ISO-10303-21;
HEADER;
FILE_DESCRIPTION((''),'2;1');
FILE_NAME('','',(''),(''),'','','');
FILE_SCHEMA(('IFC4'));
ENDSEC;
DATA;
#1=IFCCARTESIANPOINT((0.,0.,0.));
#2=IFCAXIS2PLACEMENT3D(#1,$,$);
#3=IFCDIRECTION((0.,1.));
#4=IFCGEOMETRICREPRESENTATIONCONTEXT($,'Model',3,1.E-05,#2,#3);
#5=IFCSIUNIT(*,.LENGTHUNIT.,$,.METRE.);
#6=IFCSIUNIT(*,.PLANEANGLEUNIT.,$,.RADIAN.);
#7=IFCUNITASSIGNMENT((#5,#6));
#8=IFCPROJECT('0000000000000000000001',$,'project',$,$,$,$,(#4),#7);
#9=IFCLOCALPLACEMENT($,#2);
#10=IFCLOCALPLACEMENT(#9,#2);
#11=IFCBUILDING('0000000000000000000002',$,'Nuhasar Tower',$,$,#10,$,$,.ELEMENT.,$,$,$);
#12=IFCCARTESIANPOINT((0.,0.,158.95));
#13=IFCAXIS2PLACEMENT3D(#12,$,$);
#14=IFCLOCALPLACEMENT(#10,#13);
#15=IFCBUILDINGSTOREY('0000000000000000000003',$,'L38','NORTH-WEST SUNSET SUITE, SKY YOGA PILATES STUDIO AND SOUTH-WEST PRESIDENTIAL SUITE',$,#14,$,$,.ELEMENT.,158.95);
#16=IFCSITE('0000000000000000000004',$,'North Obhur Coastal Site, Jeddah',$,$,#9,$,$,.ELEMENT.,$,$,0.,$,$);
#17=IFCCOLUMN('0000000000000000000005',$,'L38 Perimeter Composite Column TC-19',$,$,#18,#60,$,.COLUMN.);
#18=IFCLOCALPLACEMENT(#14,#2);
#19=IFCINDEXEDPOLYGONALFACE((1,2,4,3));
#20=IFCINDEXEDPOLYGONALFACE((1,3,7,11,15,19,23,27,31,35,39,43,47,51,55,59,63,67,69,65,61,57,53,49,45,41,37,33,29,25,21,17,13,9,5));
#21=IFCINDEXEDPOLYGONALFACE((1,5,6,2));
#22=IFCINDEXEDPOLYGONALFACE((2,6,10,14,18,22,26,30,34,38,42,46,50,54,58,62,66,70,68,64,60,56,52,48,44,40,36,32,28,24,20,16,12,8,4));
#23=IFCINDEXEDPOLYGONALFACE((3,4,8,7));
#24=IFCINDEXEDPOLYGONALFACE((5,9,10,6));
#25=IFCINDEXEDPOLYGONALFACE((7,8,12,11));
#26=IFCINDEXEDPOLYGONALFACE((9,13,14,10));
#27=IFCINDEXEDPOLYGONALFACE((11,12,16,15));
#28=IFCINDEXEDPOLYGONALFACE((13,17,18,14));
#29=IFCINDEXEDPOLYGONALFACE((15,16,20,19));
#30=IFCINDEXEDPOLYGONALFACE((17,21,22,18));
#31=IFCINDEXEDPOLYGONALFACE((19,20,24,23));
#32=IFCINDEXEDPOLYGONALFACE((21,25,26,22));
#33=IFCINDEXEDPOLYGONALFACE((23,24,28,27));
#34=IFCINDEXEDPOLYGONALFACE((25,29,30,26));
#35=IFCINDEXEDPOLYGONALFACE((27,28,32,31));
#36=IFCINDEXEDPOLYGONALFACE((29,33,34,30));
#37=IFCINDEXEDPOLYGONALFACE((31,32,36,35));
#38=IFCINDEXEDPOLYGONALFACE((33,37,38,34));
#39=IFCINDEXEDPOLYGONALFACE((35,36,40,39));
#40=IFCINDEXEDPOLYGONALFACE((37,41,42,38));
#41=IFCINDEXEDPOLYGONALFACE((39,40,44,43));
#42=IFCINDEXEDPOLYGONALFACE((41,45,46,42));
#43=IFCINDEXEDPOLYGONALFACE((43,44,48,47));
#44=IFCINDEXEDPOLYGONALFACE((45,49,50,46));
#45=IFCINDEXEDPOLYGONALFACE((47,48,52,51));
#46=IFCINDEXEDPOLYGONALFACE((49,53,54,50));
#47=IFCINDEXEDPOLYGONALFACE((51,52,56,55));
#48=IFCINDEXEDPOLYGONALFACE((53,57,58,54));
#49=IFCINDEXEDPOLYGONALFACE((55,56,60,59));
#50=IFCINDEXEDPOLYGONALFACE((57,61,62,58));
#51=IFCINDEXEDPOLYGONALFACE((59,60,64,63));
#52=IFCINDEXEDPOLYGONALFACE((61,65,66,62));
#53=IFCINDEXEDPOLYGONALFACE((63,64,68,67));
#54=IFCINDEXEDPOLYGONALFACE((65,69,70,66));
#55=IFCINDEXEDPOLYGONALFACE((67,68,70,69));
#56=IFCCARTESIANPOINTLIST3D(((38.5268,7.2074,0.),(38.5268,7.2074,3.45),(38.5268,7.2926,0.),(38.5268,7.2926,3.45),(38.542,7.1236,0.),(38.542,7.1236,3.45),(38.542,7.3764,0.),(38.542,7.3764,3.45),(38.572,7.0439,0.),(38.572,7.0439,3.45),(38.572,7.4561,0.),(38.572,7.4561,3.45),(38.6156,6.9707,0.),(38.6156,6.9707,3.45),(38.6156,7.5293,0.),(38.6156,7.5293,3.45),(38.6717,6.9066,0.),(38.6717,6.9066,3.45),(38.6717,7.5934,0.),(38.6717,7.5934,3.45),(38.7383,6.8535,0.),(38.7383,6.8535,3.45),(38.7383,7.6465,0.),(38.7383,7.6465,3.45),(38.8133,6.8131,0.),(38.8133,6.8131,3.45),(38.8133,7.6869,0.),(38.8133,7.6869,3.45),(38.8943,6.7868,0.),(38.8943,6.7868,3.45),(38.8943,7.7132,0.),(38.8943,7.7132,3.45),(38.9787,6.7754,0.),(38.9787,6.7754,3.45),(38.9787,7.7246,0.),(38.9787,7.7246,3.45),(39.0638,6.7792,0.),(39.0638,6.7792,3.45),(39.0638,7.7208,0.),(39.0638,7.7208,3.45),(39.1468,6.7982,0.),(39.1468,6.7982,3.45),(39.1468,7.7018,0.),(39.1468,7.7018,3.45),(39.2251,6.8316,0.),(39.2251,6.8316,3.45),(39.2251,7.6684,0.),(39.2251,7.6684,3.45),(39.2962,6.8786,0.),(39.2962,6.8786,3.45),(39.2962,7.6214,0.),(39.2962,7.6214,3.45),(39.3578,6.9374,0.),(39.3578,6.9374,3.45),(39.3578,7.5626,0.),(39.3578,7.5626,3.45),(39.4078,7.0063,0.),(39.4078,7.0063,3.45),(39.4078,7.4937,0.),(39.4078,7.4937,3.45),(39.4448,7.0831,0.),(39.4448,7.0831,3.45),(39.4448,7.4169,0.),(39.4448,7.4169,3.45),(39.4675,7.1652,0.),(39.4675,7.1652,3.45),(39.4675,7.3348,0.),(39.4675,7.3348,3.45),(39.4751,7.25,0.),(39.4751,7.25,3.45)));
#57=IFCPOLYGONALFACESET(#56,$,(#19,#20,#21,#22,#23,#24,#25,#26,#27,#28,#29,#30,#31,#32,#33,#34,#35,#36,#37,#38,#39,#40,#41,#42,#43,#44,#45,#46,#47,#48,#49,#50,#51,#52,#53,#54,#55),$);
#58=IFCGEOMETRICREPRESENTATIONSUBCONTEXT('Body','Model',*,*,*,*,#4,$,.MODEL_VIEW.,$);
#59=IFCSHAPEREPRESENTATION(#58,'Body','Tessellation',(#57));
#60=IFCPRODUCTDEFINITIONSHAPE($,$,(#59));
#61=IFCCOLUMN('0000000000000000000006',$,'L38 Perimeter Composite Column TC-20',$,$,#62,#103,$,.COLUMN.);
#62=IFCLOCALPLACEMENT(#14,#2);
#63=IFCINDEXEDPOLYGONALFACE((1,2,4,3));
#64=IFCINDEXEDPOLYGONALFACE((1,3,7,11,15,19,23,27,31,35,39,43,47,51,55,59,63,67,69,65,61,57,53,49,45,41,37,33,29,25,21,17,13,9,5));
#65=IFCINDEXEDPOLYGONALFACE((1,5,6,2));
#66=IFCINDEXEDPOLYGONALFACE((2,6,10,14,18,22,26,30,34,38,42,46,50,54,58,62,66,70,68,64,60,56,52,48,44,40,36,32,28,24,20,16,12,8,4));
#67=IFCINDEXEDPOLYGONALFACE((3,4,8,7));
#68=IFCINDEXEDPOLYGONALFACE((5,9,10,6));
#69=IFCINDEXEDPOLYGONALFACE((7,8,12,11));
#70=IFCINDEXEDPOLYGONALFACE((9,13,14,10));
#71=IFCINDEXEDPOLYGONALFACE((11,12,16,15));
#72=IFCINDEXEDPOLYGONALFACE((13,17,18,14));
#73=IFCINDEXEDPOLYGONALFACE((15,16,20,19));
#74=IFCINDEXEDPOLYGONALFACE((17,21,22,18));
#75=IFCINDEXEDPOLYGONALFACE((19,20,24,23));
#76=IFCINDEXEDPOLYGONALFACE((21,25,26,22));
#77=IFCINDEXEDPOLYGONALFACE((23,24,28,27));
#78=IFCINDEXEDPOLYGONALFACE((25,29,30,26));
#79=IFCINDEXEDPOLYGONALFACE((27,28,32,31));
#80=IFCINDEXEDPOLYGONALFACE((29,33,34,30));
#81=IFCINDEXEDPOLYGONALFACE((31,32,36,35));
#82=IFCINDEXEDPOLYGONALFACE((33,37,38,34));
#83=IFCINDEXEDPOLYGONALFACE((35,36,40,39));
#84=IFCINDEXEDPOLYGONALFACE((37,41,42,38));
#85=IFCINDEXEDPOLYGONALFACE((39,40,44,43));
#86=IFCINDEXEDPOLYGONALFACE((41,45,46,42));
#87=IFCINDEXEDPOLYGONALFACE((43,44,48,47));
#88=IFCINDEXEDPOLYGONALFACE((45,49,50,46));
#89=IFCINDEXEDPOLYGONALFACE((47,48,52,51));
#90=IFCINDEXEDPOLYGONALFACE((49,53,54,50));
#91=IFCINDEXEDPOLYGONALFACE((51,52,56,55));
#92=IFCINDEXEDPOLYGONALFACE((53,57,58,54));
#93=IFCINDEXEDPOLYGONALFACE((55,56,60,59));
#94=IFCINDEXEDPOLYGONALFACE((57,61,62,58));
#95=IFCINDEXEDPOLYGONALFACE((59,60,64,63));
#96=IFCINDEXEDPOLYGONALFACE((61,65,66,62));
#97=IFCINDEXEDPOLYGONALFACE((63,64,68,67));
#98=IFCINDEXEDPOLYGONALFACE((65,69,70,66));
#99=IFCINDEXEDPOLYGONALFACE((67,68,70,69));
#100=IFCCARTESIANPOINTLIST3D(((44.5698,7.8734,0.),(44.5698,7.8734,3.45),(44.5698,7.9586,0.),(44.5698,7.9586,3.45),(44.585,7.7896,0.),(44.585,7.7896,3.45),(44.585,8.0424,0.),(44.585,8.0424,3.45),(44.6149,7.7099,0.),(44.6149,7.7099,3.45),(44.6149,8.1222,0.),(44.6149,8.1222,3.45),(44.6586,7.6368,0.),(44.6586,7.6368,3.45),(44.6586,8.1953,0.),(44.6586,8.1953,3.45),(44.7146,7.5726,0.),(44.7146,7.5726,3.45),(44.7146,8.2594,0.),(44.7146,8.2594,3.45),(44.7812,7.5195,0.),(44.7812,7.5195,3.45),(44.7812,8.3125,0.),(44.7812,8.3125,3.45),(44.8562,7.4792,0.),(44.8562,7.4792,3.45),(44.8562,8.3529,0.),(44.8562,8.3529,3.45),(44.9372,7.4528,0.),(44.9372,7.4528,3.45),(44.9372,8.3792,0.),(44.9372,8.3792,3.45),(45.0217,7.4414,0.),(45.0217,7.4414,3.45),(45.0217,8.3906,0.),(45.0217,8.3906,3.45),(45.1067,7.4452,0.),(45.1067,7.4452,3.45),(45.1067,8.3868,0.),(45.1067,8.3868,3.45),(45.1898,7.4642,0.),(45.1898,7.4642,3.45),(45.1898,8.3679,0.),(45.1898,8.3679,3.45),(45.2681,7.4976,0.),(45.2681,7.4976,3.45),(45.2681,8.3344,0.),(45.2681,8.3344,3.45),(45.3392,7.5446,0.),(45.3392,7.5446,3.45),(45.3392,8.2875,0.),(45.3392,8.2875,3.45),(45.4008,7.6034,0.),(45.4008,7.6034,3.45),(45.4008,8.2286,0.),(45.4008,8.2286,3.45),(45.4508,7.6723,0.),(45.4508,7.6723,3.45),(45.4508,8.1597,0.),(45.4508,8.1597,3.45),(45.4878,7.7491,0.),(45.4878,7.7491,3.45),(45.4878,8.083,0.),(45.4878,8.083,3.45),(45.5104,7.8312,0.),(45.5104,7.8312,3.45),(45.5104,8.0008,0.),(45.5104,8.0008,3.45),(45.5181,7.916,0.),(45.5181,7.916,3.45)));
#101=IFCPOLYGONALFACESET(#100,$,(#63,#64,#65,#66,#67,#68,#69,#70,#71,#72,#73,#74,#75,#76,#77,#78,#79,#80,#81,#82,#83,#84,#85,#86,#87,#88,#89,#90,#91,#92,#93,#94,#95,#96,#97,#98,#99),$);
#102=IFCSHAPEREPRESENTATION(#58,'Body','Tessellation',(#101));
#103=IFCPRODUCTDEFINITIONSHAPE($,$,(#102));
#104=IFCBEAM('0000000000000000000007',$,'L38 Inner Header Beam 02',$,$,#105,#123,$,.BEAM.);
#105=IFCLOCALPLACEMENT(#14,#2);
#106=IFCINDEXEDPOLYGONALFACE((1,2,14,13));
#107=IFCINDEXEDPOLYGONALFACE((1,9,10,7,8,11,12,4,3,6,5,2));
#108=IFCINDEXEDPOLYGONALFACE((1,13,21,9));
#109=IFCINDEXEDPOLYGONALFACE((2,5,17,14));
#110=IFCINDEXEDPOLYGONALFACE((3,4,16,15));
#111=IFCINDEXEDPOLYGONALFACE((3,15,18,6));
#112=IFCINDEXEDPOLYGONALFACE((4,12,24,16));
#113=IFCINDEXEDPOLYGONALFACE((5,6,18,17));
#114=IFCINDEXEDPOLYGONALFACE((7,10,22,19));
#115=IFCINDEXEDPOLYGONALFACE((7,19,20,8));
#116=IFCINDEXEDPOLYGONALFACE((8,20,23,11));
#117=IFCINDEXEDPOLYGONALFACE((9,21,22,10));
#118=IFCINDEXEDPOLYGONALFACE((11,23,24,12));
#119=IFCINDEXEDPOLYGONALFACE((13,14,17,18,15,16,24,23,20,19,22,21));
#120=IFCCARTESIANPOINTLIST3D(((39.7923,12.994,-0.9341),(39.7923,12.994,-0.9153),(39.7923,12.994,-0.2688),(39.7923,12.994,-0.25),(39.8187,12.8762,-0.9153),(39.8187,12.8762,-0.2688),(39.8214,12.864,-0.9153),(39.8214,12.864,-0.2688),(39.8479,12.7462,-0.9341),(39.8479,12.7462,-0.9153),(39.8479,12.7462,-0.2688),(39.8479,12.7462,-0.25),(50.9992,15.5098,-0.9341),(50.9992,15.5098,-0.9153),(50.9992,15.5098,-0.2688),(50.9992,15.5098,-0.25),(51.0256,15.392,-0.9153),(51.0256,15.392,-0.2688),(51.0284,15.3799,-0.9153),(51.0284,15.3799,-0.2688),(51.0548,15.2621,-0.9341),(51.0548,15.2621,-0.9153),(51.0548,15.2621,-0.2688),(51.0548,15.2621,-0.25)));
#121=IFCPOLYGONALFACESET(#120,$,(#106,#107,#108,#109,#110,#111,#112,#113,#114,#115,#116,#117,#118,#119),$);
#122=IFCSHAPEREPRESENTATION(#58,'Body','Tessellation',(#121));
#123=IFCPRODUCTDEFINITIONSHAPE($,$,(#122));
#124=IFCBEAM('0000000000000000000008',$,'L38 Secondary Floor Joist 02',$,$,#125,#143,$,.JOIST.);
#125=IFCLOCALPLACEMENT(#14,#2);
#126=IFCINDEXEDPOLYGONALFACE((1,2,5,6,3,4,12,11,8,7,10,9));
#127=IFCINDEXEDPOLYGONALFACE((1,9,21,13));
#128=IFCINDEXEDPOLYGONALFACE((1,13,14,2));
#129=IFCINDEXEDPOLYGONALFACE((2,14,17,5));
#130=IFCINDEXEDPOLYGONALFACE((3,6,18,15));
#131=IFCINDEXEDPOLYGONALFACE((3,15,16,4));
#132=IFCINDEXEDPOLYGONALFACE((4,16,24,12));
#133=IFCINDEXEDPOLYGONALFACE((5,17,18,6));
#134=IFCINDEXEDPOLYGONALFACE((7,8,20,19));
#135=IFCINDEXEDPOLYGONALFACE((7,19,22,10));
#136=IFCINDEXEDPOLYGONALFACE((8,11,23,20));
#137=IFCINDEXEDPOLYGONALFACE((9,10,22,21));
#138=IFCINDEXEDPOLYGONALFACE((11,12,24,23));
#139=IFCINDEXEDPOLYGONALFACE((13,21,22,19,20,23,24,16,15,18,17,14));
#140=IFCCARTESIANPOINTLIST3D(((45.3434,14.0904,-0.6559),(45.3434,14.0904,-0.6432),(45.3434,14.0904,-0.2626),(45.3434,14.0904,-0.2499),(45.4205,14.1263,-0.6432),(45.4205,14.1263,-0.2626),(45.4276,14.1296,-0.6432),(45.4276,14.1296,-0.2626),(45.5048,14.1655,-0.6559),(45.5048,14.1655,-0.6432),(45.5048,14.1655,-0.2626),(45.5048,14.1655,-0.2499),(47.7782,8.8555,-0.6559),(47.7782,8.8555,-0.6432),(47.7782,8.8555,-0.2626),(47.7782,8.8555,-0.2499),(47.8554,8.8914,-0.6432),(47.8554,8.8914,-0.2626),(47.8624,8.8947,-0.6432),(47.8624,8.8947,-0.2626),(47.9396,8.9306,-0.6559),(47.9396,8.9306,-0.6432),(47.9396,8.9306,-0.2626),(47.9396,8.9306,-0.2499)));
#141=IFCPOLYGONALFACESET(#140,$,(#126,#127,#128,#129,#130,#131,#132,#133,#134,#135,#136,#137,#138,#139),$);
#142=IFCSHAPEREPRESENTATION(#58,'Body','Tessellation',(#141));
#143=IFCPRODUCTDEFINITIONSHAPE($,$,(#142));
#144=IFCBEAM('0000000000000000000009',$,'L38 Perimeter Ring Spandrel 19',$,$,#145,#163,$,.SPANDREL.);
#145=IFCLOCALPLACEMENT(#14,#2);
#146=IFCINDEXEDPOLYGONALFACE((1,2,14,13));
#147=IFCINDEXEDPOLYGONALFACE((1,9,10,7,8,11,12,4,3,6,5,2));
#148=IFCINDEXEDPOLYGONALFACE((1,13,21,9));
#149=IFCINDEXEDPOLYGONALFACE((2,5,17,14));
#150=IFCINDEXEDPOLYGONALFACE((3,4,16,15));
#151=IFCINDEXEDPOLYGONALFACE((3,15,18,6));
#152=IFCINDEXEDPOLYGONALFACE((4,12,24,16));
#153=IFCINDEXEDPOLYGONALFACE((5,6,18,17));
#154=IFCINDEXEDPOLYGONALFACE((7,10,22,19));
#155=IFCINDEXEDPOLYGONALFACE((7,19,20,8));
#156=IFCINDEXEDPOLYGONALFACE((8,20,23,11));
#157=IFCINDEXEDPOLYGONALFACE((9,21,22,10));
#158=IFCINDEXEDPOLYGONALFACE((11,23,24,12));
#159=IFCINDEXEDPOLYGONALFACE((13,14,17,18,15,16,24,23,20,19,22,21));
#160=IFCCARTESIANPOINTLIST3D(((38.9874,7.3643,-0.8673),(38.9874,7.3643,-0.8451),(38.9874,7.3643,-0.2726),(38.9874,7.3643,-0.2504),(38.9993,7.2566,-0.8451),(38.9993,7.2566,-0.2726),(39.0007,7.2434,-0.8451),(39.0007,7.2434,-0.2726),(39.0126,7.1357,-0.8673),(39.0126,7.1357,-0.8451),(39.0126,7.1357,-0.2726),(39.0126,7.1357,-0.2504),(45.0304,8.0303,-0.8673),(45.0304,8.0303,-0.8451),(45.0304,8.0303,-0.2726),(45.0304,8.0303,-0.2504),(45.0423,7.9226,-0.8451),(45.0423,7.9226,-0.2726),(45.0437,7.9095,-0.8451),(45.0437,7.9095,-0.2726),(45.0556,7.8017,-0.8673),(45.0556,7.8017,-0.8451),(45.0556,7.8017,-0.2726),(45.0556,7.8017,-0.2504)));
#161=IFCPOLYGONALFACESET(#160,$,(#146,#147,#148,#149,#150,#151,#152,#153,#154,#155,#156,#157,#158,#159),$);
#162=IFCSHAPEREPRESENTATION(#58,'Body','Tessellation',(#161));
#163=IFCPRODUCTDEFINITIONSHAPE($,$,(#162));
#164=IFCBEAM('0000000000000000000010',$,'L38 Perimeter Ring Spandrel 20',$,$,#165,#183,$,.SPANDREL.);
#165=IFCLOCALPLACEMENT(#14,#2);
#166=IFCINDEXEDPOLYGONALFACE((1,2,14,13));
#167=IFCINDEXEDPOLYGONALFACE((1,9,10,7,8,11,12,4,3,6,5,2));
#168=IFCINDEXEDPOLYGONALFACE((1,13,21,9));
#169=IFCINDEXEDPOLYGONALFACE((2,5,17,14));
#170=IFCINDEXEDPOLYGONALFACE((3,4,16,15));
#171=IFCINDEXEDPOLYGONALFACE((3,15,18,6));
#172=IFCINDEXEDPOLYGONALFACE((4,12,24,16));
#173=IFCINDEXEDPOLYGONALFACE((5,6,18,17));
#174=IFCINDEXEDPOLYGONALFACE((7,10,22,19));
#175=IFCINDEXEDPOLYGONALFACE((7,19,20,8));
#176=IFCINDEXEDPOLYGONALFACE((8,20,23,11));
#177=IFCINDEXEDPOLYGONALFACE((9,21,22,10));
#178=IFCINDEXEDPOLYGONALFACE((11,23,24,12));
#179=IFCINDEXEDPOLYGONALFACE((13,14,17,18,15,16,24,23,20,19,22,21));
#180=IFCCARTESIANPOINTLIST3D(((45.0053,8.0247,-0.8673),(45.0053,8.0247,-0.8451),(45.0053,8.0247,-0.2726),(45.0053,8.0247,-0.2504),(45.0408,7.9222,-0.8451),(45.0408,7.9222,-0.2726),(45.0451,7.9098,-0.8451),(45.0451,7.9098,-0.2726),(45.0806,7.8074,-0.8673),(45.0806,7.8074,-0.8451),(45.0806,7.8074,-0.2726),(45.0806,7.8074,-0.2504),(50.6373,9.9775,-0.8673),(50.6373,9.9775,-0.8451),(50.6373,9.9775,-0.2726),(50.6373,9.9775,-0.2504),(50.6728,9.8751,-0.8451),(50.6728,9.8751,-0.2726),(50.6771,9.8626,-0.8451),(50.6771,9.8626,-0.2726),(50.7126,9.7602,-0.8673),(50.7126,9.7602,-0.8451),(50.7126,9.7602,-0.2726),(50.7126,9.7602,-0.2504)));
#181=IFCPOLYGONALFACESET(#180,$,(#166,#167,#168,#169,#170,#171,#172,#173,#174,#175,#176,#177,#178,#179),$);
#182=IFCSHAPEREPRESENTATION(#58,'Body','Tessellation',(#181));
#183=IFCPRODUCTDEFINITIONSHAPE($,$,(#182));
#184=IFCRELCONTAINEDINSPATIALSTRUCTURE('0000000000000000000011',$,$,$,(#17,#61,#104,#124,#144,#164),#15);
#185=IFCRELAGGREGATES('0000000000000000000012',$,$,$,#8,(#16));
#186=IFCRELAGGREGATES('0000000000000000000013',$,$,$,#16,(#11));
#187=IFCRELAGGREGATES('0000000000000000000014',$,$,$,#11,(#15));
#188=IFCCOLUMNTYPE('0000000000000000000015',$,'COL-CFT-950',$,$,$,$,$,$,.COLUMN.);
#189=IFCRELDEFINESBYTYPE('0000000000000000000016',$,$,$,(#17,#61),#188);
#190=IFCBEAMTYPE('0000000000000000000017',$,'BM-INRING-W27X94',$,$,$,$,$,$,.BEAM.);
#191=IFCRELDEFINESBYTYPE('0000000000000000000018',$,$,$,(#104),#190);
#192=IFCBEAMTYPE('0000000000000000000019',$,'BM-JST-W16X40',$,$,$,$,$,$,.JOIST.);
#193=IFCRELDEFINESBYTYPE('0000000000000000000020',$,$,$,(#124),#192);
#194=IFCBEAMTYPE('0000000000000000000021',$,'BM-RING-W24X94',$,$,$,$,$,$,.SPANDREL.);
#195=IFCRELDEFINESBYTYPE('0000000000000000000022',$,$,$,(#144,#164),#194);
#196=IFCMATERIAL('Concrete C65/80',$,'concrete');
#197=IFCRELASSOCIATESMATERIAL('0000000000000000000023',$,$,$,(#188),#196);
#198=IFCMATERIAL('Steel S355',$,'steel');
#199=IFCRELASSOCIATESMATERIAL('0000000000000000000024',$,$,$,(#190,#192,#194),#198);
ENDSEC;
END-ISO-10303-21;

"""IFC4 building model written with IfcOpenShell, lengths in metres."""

from ifc_helpers import new_model, si_unit, direction, frame, origin, origin_2d, place, context, subcontext, project, spatial, circle, i_section, extrude, material, material_profile, profile_set, type_object, element, save


model = new_model("IFC4")

# Units and contexts
model_context = context("Model", 3, precision=1e-05, world=origin(), true_north=direction((0.0, 1.0)))
body_context = subcontext(model_context, "Body", "Model", "MODEL_VIEW")
ifc_project = project(units=[si_unit("LENGTHUNIT", "METRE"), si_unit("PLANEANGLEUNIT", "RADIAN")], contexts=[model_context])

# Site, building, storey
site_placement = place(None, origin())
site = spatial("IfcSite", under=ifc_project, at=site_placement, Name="North Obhur Coastal Site, Jeddah", CompositionType="ELEMENT", RefElevation=0.0)
building_placement = place(site_placement, origin())
building = spatial("IfcBuilding", under=site, at=building_placement, Name="Nuhasar Tower", CompositionType="ELEMENT")
storey_placement = place(building_placement, frame((0.0, 0.0, 158.95)))
storey = spatial("IfcBuildingStorey", under=building, at=storey_placement, Name="L38", Description="NORTH-WEST SUNSET SUITE, SKY YOGA PILATES STUDIO AND SOUTH-WEST PRESIDENTIAL SUITE", CompositionType="ELEMENT", Elevation=158.95)

# Columns
ifc_material_1 = material(Name="Concrete C65/80", Category="concrete")
ifc_material_profile_1 = material_profile(ifc_material_1, circle(Radius=0.4751, at=origin_2d()), Name="CFT950")
ifc_profile_set_1 = profile_set([ifc_material_profile_1], Name="Concrete C65/80")
column_type = type_object("IfcColumnType", Name="COL-CFT-950", PredefinedType="COLUMN", material=ifc_profile_set_1)
for number, where, z_axis, x_axis, name in (
    (1, (39.0, 7.25, 0.0), (0.0, 0.0, 1.0), (1.0, 0.0, 0.0), "L38 Perimeter Composite Column TC-19"),
    (2, (45.043, 7.916, 0.0), (0.0, 0.0, 1.0), (1.0, 0.0, 0.0), "L38 Perimeter Composite Column TC-20"),
):
    element("IfcColumn", number, at=place(storey_placement, frame(where, z_axis=z_axis, x_axis=x_axis)), inside=storey, type_object=column_type, Name=name, PredefinedType="COLUMN", context=body_context, shape_type="SweptSolid", body=[
        extrude(circle(Radius=0.4751, at=origin_2d()), origin(), (0.0, 0.0, 1.0), 3.45),
    ])

# Beams
ifc_material_2 = material(Name="Steel S355", Category="steel")
ifc_material_profile_2 = material_profile(ifc_material_2, i_section(OverallWidth=0.2539, OverallDepth=0.6841, WebThickness=0.0125, FlangeThickness=0.0188, at=origin_2d()), Name="W27X94")
ifc_profile_set_2 = profile_set([ifc_material_profile_2], Name="Steel S355")
beam_type_1 = type_object("IfcBeamType", Name="BM-INRING-W27X94", PredefinedType="BEAM", material=ifc_profile_set_2)
beam_1_placement = place(storey_placement, frame((39.8201, 12.8701, -0.592), z_axis=(0.975716, 0.219039, 0.0), x_axis=(-0.219039, 0.975716, 0.0)))
element("IfcBeam", 3, at=beam_1_placement, inside=storey, type_object=beam_type_1, Name="L38 Inner Header Beam 02", PredefinedType="BEAM", context=body_context, shape_type="SweptSolid", body=[
    extrude(i_section(OverallWidth=0.2539, OverallDepth=0.6841, WebThickness=0.0125, FlangeThickness=0.0188, at=origin_2d()), origin(), (0.0, 0.0, 1.0), 11.4858),
])
ifc_material_profile_3 = material_profile(ifc_material_2, i_section(OverallWidth=0.178, OverallDepth=0.406, WebThickness=0.0078, FlangeThickness=0.0127, at=origin_2d()), Name="W16X40")
ifc_profile_set_3 = profile_set([ifc_material_profile_3], Name="Steel S355")
beam_type_2 = type_object("IfcBeamType", Name="BM-JST-W16X40", PredefinedType="JOIST", material=ifc_profile_set_3)
beam_2_placement = place(storey_placement, frame((45.4241, 14.1279, -0.4529), z_axis=(0.42173, -0.906721, 0.0), x_axis=(0.906721, 0.42173, 0.0)))
element("IfcBeam", 4, at=beam_2_placement, inside=storey, type_object=beam_type_2, Name="L38 Secondary Floor Joist 02", PredefinedType="JOIST", context=body_context, shape_type="SweptSolid", body=[
    extrude(i_section(OverallWidth=0.178, OverallDepth=0.406, WebThickness=0.0078, FlangeThickness=0.0127, at=origin_2d()), origin(), (0.0, 0.0, 1.0), 5.7734),
])
ifc_material_profile_4 = material_profile(ifc_material_2, i_section(OverallWidth=0.23, OverallDepth=0.6169, WebThickness=0.0132, FlangeThickness=0.0222, at=origin_2d()), Name="W24X94")
ifc_profile_set_4 = profile_set([ifc_material_profile_4], Name="Steel S355")
beam_type_3 = type_object("IfcBeamType", Name="BM-RING-W24X94", PredefinedType="SPANDREL", material=ifc_profile_set_4)
beam_3_placement = place(storey_placement, frame((39.0, 7.25, -0.5588), z_axis=(0.993981, 0.10955, 0.0), x_axis=(-0.10955, 0.993981, 0.0)))
element("IfcBeam", 5, at=beam_3_placement, inside=storey, type_object=beam_type_3, Name="L38 Perimeter Ring Spandrel 19", PredefinedType="SPANDREL", context=body_context, shape_type="SweptSolid", body=[
    extrude(i_section(OverallWidth=0.23, OverallDepth=0.6169, WebThickness=0.0132, FlangeThickness=0.0222, at=origin_2d()), origin(), (0.0, 0.0, 1.0), 6.0796),
])
beam_4_placement = place(storey_placement, frame((45.043, 7.916, -0.5588), z_axis=(0.944814, 0.327607, 0.0), x_axis=(-0.327607, 0.944814, 0.0)))
element("IfcBeam", 6, at=beam_4_placement, inside=storey, type_object=beam_type_3, Name="L38 Perimeter Ring Spandrel 20", PredefinedType="SPANDREL", context=body_context, shape_type="SweptSolid", body=[
    extrude(i_section(OverallWidth=0.23, OverallDepth=0.6169, WebThickness=0.0132, FlangeThickness=0.0222, at=origin_2d()), origin(), (0.0, 0.0, 1.0), 5.9609),
])

save(model, "model.ifc")
